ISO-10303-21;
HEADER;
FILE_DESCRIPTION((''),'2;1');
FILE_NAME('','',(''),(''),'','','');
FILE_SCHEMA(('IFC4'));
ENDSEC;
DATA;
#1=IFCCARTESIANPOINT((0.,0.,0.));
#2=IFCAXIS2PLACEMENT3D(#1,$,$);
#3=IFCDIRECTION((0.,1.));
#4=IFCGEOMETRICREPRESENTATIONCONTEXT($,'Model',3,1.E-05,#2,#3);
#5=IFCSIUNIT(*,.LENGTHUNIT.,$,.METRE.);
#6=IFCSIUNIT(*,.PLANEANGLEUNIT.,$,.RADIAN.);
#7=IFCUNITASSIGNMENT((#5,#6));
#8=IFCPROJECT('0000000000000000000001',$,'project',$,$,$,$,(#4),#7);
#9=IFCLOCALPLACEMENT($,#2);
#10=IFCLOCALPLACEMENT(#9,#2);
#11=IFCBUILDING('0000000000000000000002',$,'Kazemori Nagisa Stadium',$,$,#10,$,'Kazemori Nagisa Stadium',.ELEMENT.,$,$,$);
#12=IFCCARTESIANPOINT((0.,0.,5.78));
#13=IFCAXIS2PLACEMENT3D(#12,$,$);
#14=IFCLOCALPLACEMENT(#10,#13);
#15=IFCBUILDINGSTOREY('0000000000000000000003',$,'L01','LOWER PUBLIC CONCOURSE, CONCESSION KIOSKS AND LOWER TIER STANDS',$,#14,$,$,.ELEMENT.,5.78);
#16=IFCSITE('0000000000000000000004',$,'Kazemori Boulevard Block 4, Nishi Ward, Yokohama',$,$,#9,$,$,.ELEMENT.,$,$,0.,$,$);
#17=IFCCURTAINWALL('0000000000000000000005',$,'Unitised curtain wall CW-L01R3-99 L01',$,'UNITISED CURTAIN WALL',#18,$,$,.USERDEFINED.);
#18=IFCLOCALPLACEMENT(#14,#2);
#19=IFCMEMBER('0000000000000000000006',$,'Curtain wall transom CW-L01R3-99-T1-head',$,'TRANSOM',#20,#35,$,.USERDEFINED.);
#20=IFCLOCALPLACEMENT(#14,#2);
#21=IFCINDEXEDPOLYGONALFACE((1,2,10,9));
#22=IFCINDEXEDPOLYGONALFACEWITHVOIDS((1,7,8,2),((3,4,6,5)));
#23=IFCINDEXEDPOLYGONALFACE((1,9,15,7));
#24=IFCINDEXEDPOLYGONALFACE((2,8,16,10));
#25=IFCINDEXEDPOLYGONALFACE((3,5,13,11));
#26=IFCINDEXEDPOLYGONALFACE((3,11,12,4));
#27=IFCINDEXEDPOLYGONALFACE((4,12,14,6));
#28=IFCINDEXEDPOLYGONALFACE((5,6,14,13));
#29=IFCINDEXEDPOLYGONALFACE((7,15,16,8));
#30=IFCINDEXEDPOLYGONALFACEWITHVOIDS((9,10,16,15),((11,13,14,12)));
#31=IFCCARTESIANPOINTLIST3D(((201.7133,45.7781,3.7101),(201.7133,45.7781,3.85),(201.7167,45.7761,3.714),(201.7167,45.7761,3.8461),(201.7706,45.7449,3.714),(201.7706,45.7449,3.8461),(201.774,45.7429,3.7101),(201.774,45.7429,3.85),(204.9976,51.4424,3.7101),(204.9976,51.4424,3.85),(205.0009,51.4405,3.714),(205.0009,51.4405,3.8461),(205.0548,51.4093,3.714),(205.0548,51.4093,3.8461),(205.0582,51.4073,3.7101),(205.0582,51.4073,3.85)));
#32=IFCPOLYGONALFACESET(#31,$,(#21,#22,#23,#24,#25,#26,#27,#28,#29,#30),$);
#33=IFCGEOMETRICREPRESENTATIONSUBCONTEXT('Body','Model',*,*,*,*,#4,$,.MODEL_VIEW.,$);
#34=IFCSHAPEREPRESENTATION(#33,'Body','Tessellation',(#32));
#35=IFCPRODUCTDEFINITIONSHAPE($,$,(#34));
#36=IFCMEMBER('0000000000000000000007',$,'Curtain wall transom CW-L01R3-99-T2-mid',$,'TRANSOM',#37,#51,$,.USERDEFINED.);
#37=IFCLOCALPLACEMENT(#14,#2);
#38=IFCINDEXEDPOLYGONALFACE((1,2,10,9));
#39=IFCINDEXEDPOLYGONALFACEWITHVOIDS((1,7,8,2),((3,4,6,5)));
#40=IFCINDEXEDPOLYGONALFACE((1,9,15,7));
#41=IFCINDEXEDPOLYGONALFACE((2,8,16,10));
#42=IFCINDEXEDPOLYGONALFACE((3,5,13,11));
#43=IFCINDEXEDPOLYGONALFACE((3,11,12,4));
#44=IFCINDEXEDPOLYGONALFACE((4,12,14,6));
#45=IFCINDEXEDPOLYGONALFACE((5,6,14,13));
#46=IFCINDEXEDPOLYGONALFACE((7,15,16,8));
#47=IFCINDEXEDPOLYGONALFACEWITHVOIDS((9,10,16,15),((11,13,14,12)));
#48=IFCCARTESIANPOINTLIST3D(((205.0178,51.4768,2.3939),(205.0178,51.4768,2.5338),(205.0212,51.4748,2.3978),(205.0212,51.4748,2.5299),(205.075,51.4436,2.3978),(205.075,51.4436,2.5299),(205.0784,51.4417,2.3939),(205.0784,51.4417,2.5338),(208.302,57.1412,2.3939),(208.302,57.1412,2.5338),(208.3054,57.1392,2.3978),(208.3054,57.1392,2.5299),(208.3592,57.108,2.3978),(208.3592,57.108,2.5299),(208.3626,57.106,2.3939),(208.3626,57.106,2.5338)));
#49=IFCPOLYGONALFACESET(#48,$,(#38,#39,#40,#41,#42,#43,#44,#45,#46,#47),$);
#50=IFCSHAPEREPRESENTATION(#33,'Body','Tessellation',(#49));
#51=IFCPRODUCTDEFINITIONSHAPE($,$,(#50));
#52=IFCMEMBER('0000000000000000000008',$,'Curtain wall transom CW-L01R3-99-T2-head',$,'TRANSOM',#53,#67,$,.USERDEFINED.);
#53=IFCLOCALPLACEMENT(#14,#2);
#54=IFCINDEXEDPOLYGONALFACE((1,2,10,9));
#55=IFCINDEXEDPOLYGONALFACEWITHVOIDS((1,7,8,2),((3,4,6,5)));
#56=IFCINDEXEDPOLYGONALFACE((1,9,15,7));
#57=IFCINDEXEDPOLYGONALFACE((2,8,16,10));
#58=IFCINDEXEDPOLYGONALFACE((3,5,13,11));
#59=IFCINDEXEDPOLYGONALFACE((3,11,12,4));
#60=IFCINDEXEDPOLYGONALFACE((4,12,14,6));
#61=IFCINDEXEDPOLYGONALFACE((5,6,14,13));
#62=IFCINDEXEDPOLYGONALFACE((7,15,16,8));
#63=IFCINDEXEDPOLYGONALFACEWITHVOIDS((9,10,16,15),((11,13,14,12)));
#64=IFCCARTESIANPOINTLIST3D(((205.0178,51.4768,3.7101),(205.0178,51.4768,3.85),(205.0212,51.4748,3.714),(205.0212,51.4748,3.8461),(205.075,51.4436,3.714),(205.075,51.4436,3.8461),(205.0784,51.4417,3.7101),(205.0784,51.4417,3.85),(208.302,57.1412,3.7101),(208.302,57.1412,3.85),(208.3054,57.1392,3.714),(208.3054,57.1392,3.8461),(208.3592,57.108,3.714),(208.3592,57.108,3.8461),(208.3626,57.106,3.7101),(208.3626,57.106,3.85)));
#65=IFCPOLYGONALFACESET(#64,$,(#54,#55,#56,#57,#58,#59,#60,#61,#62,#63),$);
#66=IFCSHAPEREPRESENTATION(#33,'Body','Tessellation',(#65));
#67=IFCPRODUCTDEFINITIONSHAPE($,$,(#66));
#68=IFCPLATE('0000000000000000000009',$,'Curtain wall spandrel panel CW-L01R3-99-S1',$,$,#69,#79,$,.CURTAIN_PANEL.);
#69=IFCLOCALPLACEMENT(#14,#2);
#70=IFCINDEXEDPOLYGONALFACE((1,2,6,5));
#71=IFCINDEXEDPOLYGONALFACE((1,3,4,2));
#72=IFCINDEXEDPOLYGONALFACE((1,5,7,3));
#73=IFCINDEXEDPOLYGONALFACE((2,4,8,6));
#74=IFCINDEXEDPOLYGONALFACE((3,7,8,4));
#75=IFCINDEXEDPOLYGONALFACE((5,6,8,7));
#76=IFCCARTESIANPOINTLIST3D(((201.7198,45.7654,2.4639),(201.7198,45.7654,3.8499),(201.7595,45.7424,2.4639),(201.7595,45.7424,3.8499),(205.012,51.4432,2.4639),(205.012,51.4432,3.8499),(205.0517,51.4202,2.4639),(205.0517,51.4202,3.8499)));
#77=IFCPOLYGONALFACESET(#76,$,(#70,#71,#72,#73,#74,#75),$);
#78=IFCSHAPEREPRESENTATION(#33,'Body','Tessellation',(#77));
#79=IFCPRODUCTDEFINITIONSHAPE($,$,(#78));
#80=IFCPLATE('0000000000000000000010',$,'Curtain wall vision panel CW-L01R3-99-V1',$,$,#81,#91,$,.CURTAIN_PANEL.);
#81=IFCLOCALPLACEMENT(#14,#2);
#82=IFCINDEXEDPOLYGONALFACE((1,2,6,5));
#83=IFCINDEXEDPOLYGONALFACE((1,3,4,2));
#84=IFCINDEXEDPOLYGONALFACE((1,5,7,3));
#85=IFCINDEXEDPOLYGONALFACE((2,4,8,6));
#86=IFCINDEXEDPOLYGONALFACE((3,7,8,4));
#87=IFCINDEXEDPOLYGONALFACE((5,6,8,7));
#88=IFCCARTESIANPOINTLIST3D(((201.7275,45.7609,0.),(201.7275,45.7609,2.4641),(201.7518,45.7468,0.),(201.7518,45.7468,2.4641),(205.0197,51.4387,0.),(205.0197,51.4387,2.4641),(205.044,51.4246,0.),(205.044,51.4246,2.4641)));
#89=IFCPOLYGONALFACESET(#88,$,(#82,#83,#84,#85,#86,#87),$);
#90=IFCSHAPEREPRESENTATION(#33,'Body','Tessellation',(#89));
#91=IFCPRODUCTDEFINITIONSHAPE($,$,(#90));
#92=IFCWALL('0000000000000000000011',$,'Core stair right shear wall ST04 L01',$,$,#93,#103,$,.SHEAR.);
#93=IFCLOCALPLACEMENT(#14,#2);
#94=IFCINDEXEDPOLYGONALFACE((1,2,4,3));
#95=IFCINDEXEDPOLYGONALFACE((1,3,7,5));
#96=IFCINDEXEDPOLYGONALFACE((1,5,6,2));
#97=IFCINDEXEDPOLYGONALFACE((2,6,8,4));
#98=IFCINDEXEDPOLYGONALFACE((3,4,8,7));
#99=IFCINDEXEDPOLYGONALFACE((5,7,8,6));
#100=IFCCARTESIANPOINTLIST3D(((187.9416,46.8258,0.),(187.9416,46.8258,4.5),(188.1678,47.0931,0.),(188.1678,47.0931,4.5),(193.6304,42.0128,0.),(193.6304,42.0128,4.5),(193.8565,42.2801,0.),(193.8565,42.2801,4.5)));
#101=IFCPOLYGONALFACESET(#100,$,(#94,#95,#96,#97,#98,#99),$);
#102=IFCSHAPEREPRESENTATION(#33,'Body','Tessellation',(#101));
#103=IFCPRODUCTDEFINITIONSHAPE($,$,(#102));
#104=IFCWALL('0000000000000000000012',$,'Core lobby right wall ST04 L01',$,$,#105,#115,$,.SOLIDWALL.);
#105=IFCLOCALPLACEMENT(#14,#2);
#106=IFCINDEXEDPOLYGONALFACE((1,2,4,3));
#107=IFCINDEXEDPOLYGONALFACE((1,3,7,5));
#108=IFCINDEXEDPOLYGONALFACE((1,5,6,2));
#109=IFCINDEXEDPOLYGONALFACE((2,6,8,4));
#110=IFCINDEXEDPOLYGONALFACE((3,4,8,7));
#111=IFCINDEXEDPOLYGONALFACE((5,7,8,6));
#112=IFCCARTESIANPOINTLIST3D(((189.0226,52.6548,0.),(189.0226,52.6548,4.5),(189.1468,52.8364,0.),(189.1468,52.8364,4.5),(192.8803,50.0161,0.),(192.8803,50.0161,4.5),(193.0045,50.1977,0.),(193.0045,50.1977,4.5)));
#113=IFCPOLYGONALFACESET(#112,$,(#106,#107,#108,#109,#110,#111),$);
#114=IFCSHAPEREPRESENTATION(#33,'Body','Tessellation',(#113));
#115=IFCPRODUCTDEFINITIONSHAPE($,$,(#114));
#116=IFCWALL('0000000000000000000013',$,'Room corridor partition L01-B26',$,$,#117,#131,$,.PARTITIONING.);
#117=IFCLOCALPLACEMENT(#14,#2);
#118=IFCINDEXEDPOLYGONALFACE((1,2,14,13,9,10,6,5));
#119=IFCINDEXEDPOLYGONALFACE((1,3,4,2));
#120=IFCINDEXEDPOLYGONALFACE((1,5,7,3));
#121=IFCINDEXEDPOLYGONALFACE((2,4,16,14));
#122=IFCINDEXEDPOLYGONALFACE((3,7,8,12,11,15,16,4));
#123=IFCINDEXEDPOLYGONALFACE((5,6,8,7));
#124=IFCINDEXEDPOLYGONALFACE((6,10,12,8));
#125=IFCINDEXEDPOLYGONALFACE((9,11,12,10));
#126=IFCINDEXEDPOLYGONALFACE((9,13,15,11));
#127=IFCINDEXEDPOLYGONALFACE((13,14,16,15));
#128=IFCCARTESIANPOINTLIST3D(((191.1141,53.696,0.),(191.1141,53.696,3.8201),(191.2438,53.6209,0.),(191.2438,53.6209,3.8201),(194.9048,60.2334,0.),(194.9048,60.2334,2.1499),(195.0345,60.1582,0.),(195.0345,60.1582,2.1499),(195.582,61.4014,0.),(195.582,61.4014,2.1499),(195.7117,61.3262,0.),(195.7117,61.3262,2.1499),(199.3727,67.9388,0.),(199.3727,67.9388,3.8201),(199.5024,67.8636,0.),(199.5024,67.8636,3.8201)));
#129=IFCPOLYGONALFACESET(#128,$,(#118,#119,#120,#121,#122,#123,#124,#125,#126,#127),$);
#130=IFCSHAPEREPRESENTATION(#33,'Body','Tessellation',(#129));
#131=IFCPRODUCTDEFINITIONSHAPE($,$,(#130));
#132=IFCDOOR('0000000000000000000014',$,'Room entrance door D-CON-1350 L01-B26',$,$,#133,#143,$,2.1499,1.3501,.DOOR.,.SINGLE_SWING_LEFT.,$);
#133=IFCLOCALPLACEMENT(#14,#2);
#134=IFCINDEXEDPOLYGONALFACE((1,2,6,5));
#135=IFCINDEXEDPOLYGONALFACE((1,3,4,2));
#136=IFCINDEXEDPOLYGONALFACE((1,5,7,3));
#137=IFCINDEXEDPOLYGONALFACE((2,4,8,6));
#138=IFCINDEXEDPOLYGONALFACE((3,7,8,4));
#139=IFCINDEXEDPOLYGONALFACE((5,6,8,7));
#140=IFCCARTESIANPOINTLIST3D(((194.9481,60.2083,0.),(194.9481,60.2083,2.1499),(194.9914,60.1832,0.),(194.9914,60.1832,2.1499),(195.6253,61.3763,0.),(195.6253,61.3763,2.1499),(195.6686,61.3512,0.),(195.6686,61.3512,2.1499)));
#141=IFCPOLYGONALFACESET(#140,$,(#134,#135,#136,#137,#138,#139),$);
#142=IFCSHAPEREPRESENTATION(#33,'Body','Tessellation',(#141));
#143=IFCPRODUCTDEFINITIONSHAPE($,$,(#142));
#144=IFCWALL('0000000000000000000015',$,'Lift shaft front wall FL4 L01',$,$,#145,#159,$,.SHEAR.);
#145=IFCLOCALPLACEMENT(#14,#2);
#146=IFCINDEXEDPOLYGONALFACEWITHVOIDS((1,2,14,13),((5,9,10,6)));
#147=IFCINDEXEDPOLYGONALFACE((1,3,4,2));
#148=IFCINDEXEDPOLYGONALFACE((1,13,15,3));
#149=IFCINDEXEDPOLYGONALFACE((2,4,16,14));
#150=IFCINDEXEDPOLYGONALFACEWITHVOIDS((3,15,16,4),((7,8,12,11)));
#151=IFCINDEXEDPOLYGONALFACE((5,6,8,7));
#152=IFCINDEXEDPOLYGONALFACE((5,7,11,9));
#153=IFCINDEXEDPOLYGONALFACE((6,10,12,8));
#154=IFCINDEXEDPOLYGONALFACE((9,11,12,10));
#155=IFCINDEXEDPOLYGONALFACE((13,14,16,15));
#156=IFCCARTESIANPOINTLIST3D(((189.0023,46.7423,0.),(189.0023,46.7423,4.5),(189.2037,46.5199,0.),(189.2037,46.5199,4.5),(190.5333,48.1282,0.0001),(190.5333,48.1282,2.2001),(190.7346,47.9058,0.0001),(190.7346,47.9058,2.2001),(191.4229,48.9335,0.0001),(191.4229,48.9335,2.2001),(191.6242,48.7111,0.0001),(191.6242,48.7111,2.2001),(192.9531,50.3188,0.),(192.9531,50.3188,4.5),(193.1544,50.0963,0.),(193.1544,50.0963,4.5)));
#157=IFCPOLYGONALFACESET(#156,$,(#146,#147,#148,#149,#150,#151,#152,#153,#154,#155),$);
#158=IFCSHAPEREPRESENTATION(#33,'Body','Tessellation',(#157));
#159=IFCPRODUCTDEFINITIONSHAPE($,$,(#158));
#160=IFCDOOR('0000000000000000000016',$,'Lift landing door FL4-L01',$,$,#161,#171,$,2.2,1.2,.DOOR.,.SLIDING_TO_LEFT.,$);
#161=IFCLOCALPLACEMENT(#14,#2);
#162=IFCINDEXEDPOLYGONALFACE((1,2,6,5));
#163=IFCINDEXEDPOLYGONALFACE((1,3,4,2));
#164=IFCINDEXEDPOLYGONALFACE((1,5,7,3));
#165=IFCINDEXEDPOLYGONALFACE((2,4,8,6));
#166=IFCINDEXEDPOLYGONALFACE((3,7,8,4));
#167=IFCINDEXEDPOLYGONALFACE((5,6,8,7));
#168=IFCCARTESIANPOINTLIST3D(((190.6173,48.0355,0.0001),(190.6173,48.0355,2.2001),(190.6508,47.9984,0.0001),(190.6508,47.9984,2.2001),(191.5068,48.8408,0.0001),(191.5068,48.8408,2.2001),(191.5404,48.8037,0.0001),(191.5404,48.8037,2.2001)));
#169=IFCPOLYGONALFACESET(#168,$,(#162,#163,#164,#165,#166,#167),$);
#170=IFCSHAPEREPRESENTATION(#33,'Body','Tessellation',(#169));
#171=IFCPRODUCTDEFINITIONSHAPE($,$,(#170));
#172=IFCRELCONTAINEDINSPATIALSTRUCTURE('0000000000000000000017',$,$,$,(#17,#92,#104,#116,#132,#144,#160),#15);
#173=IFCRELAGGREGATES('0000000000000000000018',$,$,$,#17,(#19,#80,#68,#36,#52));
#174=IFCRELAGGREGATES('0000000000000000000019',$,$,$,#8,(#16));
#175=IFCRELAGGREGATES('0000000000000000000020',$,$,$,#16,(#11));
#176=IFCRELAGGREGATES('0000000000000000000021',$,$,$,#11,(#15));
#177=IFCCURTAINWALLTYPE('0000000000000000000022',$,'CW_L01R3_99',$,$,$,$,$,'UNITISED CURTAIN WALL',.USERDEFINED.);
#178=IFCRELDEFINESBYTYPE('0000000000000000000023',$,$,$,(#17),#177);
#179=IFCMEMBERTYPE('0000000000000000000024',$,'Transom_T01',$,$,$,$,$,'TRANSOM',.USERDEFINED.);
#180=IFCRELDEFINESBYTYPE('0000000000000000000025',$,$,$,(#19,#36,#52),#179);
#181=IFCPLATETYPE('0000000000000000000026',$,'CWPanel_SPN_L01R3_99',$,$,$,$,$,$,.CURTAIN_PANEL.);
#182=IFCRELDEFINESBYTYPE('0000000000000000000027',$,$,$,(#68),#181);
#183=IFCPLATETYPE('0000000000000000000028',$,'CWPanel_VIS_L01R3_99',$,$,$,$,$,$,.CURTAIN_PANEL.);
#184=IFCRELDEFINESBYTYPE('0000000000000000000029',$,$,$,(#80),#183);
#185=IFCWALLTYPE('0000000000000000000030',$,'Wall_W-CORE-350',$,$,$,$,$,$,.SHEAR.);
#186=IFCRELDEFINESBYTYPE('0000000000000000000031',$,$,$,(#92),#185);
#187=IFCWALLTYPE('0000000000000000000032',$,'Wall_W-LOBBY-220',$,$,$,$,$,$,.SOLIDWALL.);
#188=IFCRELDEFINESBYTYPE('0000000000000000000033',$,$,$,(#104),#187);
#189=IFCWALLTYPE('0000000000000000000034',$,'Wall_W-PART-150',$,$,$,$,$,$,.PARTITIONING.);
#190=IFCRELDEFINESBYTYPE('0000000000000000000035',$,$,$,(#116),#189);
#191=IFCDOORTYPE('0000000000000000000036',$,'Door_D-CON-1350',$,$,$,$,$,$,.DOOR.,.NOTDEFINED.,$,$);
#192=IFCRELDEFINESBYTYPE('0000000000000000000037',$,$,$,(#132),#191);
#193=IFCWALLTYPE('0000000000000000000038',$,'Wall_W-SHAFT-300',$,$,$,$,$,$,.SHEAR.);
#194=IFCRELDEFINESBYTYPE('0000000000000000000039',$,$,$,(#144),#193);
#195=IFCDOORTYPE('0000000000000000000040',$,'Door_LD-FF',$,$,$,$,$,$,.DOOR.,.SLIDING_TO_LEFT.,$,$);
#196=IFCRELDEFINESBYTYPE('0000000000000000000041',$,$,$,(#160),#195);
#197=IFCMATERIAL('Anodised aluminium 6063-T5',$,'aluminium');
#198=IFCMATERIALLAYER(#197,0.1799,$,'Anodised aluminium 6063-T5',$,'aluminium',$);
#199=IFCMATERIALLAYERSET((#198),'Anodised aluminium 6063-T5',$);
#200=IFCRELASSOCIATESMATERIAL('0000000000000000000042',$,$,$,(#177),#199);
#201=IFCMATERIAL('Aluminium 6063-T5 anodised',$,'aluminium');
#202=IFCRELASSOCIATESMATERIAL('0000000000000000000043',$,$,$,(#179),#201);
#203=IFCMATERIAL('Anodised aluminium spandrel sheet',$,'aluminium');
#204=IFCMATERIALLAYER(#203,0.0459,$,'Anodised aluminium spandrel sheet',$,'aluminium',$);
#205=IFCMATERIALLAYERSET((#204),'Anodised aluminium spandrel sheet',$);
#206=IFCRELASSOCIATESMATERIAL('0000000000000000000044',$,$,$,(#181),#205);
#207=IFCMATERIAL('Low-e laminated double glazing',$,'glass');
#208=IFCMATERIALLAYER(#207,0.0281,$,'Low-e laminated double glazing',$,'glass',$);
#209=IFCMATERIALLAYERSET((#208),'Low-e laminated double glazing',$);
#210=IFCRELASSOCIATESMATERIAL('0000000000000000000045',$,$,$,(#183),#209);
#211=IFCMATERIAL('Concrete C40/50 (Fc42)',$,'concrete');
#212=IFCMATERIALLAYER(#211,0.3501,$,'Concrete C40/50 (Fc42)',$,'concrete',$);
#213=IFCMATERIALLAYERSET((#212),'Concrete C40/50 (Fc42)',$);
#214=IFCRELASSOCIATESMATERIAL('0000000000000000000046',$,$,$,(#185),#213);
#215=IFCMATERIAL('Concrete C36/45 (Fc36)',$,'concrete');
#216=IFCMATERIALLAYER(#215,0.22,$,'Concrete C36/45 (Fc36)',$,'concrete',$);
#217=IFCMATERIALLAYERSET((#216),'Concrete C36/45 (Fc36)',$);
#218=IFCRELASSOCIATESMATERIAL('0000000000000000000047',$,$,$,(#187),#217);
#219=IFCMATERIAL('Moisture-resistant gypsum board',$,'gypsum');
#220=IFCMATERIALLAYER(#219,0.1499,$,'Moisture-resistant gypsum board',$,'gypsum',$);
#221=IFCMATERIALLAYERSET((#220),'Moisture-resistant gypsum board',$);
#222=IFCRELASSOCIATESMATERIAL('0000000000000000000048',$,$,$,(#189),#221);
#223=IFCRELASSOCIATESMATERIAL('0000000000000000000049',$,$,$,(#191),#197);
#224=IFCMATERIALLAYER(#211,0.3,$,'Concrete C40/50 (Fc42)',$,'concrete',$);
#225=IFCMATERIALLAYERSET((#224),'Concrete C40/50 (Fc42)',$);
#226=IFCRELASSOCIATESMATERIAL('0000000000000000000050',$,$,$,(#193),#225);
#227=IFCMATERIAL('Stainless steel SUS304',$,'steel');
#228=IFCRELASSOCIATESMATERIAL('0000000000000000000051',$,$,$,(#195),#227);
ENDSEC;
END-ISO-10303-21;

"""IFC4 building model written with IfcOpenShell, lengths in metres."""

from ifc_helpers import new_model, si_unit, direction, frame, frame_2d, origin, origin_2d, place, context, subcontext, project, spatial, rectangle, hollow_rectangle, extrude, material, layer, layer_set, material_profile, profile_set, type_object, element, fill, aggregate, save


model = new_model("IFC4")

# Units and contexts
model_context = context("Model", 3, precision=1e-05, world=origin(), true_north=direction((0.0, 1.0)))
body_context = subcontext(model_context, "Body", "Model", "MODEL_VIEW")
ifc_project = project(units=[si_unit("LENGTHUNIT", "METRE"), si_unit("PLANEANGLEUNIT", "RADIAN")], contexts=[model_context])

# Site, building, storey
site_placement = place(None, origin())
site = spatial("IfcSite", under=ifc_project, at=site_placement, Name="Kazemori Boulevard Block 4, Nishi Ward, Yokohama", CompositionType="ELEMENT", RefElevation=0.0)
building_placement = place(site_placement, origin())
building = spatial("IfcBuilding", under=site, at=building_placement, Name="Kazemori Nagisa Stadium", LongName="Kazemori Nagisa Stadium", CompositionType="ELEMENT")
storey_placement = place(building_placement, frame((0.0, 0.0, 5.78)))
storey = spatial("IfcBuildingStorey", under=building, at=storey_placement, Name="L01", Description="LOWER PUBLIC CONCOURSE, CONCESSION KIOSKS AND LOWER TIER STANDS", CompositionType="ELEMENT", Elevation=5.78)

# Shared definitions
ifc_material_1 = material(Name="Concrete C40/50 (Fc42)", Category="concrete")

# Curtain wall, members, plates
ifc_material_2 = material(Name="Anodised aluminium 6063-T5", Category="aluminium")
ifc_layer_1 = layer(ifc_material_2, 0.1799, Name="Anodised aluminium 6063-T5", Category="aluminium")
ifc_layer_set_1 = layer_set([ifc_layer_1], Name="Anodised aluminium 6063-T5")
curtain_wall_type = type_object("IfcCurtainWallType", Name="CW_L01R3_99", ElementType="UNITISED CURTAIN WALL", PredefinedType="USERDEFINED", material=ifc_layer_set_1)
curtain_wall_placement = place(storey_placement, origin())
curtain_wall = element("IfcCurtainWall", 1, at=curtain_wall_placement, inside=storey, type_object=curtain_wall_type, Name="Unitised curtain wall CW-L01R3-99 L01", ObjectType="UNITISED CURTAIN WALL", PredefinedType="USERDEFINED")
ifc_material_3 = material(Name="Aluminium 6063-T5 anodised", Category="aluminium")
ifc_material_profile_1 = material_profile(ifc_material_3, hollow_rectangle(XDim=0.0701, YDim=0.1399, WallThickness=0.0039, at=origin_2d()), Name="ALU-TRAN-70x140x4")
ifc_profile_set_1 = profile_set([ifc_material_profile_1], Name="Aluminium 6063-T5 anodised")
member_type_1 = type_object("IfcMemberType", Name="Transom_T01", ElementType="TRANSOM", PredefinedType="USERDEFINED", material=ifc_profile_set_1)
member_1_placement = place(storey_placement, frame((201.7437, 45.7605, 3.78), z_axis=(0.50159, 0.865105, 0.0), x_axis=(-0.865105, 0.50159, 0.0)))
member_1 = element("IfcMember", 2, at=member_1_placement, type_object=member_type_1, Name="Curtain wall transom CW-L01R3-99-T1-head", ObjectType="TRANSOM", PredefinedType="USERDEFINED", context=body_context, shape_type="SweptSolid", body=[
    extrude(hollow_rectangle(XDim=0.0701, YDim=0.1399, WallThickness=0.0039, at=origin_2d()), origin(), (0.0, 0.0, 1.0), 6.5476),
])
member_2_placement = place(storey_placement, frame((205.0481, 51.4592, 2.4639), z_axis=(0.50159, 0.865105, 0.0), x_axis=(-0.865105, 0.50159, 0.0)))
member_2 = element("IfcMember", 3, at=member_2_placement, type_object=member_type_1, Name="Curtain wall transom CW-L01R3-99-T2-mid", ObjectType="TRANSOM", PredefinedType="USERDEFINED", context=body_context, shape_type="SweptSolid", body=[
    extrude(hollow_rectangle(XDim=0.0701, YDim=0.1399, WallThickness=0.0039, at=origin_2d()), origin(), (0.0, 0.0, 1.0), 6.5476),
])
member_3_placement = place(storey_placement, frame((205.0481, 51.4592, 3.78), z_axis=(0.50159, 0.865105, 0.0), x_axis=(-0.865105, 0.50159, 0.0)))
member_3 = element("IfcMember", 4, at=member_3_placement, type_object=member_type_1, Name="Curtain wall transom CW-L01R3-99-T2-head", ObjectType="TRANSOM", PredefinedType="USERDEFINED", context=body_context, shape_type="SweptSolid", body=[
    extrude(hollow_rectangle(XDim=0.0701, YDim=0.1399, WallThickness=0.0039, at=origin_2d()), origin(), (0.0, 0.0, 1.0), 6.5476),
])
ifc_material_4 = material(Name="Anodised aluminium spandrel sheet", Category="aluminium")
ifc_layer_2 = layer(ifc_material_4, 0.0459, Name="Anodised aluminium spandrel sheet", Category="aluminium")
ifc_layer_set_2 = layer_set([ifc_layer_2], Name="Anodised aluminium spandrel sheet")
plate_type_1 = type_object("IfcPlateType", Name="CWPanel_SPN_L01R3_99", PredefinedType="CURTAIN_PANEL", material=ifc_layer_set_2)
plate_1_placement = place(storey_placement, frame((203.3857, 48.5928, 2.4639), z_axis=(0.0, 0.0, 1.0), x_axis=(0.501612, 0.865093, 0.0)))
plate_1 = element("IfcPlate", 5, at=plate_1_placement, type_object=plate_type_1, Name="Curtain wall spandrel panel CW-L01R3-99-S1", PredefinedType="CURTAIN_PANEL", context=body_context, shape_type="SweptSolid", body=[
    extrude(rectangle(XDim=6.5632, YDim=0.0459, at=origin_2d()), origin(), (0.0, 0.0, 1.0), 1.386),
])
ifc_material_5 = material(Name="Low-e laminated double glazing", Category="glass")
ifc_layer_3 = layer(ifc_material_5, 0.0281, Name="Low-e laminated double glazing", Category="glass")
ifc_layer_set_3 = layer_set([ifc_layer_3], Name="Low-e laminated double glazing")
plate_type_2 = type_object("IfcPlateType", Name="CWPanel_VIS_L01R3_99", PredefinedType="CURTAIN_PANEL", material=ifc_layer_set_3)
plate_2_placement = place(storey_placement, frame((203.3857, 48.5928, 0.0), z_axis=(0.0, 0.0, 1.0), x_axis=(0.501612, 0.865093, 0.0)))
plate_2 = element("IfcPlate", 6, at=plate_2_placement, type_object=plate_type_2, Name="Curtain wall vision panel CW-L01R3-99-V1", PredefinedType="CURTAIN_PANEL", context=body_context, shape_type="SweptSolid", body=[
    extrude(rectangle(XDim=6.5632, YDim=0.0281, at=origin_2d()), origin(), (0.0, 0.0, 1.0), 2.4641),
])
aggregate(curtain_wall, [member_1, plate_2, plate_1, member_2, member_3])

# Walls
ifc_layer_4 = layer(ifc_material_1, 0.3501, Name="Concrete C40/50 (Fc42)", Category="concrete")
ifc_layer_set_4 = layer_set([ifc_layer_4], Name="Concrete C40/50 (Fc42)")
wall_type_1 = type_object("IfcWallType", Name="Wall_W-CORE-350", PredefinedType="SHEAR", material=ifc_layer_set_4)
wall_1_placement = place(storey_placement, frame((188.0547, 46.9595, 0.0), z_axis=(0.0, 0.0, 1.0), x_axis=(0.763422, -0.6459, 0.0)))
element("IfcWall", 7, at=wall_1_placement, inside=storey, type_object=wall_type_1, Name="Core stair right shear wall ST04 L01", PredefinedType="SHEAR", context=body_context, shape_type="SweptSolid", body=[
    extrude(rectangle(XDim=7.4517, YDim=0.3501, at=frame_2d((3.7258, 0.0))), origin(), (0.0, 0.0, 1.0), 4.5),
])
ifc_material_6 = material(Name="Concrete C36/45 (Fc36)", Category="concrete")
ifc_layer_5 = layer(ifc_material_6, 0.22, Name="Concrete C36/45 (Fc36)", Category="concrete")
ifc_layer_set_5 = layer_set([ifc_layer_5], Name="Concrete C36/45 (Fc36)")
wall_type_2 = type_object("IfcWallType", Name="Wall_W-LOBBY-220", PredefinedType="SOLIDWALL", material=ifc_layer_set_5)
wall_2_placement = place(storey_placement, frame((189.0847, 52.7456, 0.0), z_axis=(0.0, 0.0, 1.0), x_axis=(0.825385, -0.56457, 0.0)))
element("IfcWall", 8, at=wall_2_placement, inside=storey, type_object=wall_type_2, Name="Core lobby right wall ST04 L01", PredefinedType="SOLIDWALL", context=body_context, shape_type="SweptSolid", body=[
    extrude(rectangle(XDim=4.6738, YDim=0.22, at=frame_2d((2.3369, 0.0))), origin(), (0.0, 0.0, 1.0), 4.5),
])

# Walls, openings, doors
ifc_material_7 = material(Name="Moisture-resistant gypsum board", Category="gypsum")
ifc_layer_6 = layer(ifc_material_7, 0.1499, Name="Moisture-resistant gypsum board", Category="gypsum")
ifc_layer_set_6 = layer_set([ifc_layer_6], Name="Moisture-resistant gypsum board")
wall_type_3 = type_object("IfcWallType", Name="Wall_W-PART-150", PredefinedType="PARTITIONING", material=ifc_layer_set_6)
wall_3_placement = place(storey_placement, frame((191.179, 53.6584, 0.0), z_axis=(0.0, 0.0, 1.0), x_axis=(0.501618, 0.865089, 0.0)))
wall_3 = element("IfcWall", 9, at=wall_3_placement, inside=storey, type_object=wall_type_3, Name="Room corridor partition L01-B26", PredefinedType="PARTITIONING", context=body_context, shape_type="SweptSolid", body=[
    extrude(rectangle(XDim=16.4639, YDim=0.1499, at=frame_2d((8.2319, 0.0))), origin(), (0.0, 0.0, 1.0), 3.8201),
])
opening_1_placement = place(wall_3_placement, frame((7.5569, 0.0, 0.0)))
opening_1 = element("IfcOpeningElement", 10, at=opening_1_placement, cuts=wall_3, PredefinedType="OPENING", context=body_context, shape_type="SweptSolid", body=[
    extrude(rectangle(XDim=1.3501, YDim=2.1499, at=frame_2d((0.675, 1.075))), frame((0.0, 0.085, 0.0), z_axis=(0.0, -1.0, 0.0), x_axis=(1.0, 0.0, 0.0)), (0.0, 0.0, 1.0), 0.1699),
])
door_type_1 = type_object("IfcDoorType", Name="Door_D-CON-1350", OperationType="NOTDEFINED", PredefinedType="DOOR", material=ifc_material_2)
door_1_placement = place(opening_1_placement, origin())
door_1 = element("IfcDoor", 11, at=door_1_placement, inside=storey, type_object=door_type_1, Name="Room entrance door D-CON-1350 L01-B26", OperationType="SINGLE_SWING_LEFT", OverallHeight=2.1499, OverallWidth=1.3501, PredefinedType="DOOR", context=body_context, shape_type="SweptSolid", body=[
    extrude(rectangle(XDim=1.3501, YDim=2.1499, at=frame_2d((0.675, 1.075))), frame((0.0, 0.0249, 0.0), z_axis=(0.0, -1.0, 0.0), x_axis=(1.0, 0.0, 0.0)), (0.0, 0.0, 1.0), 0.05),
])
fill(opening_1, door_1)
ifc_layer_7 = layer(ifc_material_1, 0.3, Name="Concrete C40/50 (Fc42)", Category="concrete")
ifc_layer_set_7 = layer_set([ifc_layer_7], Name="Concrete C40/50 (Fc42)")
wall_type_4 = type_object("IfcWallType", Name="Wall_W-SHAFT-300", PredefinedType="SHEAR", material=ifc_layer_set_7)
wall_4_placement = place(storey_placement, frame((189.103, 46.6311, 0.0), z_axis=(0.0, 0.0, 1.0), x_axis=(0.74135, 0.671118, 0.0)))
wall_4 = element("IfcWall", 12, at=wall_4_placement, inside=storey, type_object=wall_type_4, Name="Lift shaft front wall FL4 L01", PredefinedType="SHEAR", context=body_context, shape_type="SweptSolid", body=[
    extrude(rectangle(XDim=5.3291, YDim=0.3, at=frame_2d((2.6646, 0.0))), origin(), (0.0, 0.0, 1.0), 4.5),
])
opening_2_placement = place(wall_4_placement, frame((2.0649, 0.0, 0.0)))
opening_2 = element("IfcOpeningElement", 13, at=opening_2_placement, cuts=wall_4, PredefinedType="OPENING", context=body_context, shape_type="SweptSolid", body=[
    extrude(rectangle(XDim=1.2, YDim=2.2, at=frame_2d((0.6001, 1.1001))), frame((0.0, 0.1599, 0.0), z_axis=(0.0, -1.0, 0.0), x_axis=(1.0, 0.0, 0.0)), (0.0, 0.0, 1.0), 0.3201),
])
ifc_material_8 = material(Name="Stainless steel SUS304", Category="steel")
door_type_2 = type_object("IfcDoorType", Name="Door_LD-FF", OperationType="SLIDING_TO_LEFT", PredefinedType="DOOR", material=ifc_material_8)
door_2_placement = place(opening_2_placement, origin())
door_2 = element("IfcDoor", 14, at=door_2_placement, inside=storey, type_object=door_type_2, Name="Lift landing door FL4-L01", OperationType="SLIDING_TO_LEFT", OverallHeight=2.2, OverallWidth=1.2, PredefinedType="DOOR", context=body_context, shape_type="SweptSolid", body=[
    extrude(rectangle(XDim=1.2, YDim=2.2, at=frame_2d((0.6001, 1.1001))), frame((0.0, 0.0249, 0.0), z_axis=(0.0, -1.0, 0.0), x_axis=(1.0, 0.0, 0.0)), (0.0, 0.0, 1.0), 0.05),
])
fill(opening_2, door_2)

save(model, "model.ifc")
